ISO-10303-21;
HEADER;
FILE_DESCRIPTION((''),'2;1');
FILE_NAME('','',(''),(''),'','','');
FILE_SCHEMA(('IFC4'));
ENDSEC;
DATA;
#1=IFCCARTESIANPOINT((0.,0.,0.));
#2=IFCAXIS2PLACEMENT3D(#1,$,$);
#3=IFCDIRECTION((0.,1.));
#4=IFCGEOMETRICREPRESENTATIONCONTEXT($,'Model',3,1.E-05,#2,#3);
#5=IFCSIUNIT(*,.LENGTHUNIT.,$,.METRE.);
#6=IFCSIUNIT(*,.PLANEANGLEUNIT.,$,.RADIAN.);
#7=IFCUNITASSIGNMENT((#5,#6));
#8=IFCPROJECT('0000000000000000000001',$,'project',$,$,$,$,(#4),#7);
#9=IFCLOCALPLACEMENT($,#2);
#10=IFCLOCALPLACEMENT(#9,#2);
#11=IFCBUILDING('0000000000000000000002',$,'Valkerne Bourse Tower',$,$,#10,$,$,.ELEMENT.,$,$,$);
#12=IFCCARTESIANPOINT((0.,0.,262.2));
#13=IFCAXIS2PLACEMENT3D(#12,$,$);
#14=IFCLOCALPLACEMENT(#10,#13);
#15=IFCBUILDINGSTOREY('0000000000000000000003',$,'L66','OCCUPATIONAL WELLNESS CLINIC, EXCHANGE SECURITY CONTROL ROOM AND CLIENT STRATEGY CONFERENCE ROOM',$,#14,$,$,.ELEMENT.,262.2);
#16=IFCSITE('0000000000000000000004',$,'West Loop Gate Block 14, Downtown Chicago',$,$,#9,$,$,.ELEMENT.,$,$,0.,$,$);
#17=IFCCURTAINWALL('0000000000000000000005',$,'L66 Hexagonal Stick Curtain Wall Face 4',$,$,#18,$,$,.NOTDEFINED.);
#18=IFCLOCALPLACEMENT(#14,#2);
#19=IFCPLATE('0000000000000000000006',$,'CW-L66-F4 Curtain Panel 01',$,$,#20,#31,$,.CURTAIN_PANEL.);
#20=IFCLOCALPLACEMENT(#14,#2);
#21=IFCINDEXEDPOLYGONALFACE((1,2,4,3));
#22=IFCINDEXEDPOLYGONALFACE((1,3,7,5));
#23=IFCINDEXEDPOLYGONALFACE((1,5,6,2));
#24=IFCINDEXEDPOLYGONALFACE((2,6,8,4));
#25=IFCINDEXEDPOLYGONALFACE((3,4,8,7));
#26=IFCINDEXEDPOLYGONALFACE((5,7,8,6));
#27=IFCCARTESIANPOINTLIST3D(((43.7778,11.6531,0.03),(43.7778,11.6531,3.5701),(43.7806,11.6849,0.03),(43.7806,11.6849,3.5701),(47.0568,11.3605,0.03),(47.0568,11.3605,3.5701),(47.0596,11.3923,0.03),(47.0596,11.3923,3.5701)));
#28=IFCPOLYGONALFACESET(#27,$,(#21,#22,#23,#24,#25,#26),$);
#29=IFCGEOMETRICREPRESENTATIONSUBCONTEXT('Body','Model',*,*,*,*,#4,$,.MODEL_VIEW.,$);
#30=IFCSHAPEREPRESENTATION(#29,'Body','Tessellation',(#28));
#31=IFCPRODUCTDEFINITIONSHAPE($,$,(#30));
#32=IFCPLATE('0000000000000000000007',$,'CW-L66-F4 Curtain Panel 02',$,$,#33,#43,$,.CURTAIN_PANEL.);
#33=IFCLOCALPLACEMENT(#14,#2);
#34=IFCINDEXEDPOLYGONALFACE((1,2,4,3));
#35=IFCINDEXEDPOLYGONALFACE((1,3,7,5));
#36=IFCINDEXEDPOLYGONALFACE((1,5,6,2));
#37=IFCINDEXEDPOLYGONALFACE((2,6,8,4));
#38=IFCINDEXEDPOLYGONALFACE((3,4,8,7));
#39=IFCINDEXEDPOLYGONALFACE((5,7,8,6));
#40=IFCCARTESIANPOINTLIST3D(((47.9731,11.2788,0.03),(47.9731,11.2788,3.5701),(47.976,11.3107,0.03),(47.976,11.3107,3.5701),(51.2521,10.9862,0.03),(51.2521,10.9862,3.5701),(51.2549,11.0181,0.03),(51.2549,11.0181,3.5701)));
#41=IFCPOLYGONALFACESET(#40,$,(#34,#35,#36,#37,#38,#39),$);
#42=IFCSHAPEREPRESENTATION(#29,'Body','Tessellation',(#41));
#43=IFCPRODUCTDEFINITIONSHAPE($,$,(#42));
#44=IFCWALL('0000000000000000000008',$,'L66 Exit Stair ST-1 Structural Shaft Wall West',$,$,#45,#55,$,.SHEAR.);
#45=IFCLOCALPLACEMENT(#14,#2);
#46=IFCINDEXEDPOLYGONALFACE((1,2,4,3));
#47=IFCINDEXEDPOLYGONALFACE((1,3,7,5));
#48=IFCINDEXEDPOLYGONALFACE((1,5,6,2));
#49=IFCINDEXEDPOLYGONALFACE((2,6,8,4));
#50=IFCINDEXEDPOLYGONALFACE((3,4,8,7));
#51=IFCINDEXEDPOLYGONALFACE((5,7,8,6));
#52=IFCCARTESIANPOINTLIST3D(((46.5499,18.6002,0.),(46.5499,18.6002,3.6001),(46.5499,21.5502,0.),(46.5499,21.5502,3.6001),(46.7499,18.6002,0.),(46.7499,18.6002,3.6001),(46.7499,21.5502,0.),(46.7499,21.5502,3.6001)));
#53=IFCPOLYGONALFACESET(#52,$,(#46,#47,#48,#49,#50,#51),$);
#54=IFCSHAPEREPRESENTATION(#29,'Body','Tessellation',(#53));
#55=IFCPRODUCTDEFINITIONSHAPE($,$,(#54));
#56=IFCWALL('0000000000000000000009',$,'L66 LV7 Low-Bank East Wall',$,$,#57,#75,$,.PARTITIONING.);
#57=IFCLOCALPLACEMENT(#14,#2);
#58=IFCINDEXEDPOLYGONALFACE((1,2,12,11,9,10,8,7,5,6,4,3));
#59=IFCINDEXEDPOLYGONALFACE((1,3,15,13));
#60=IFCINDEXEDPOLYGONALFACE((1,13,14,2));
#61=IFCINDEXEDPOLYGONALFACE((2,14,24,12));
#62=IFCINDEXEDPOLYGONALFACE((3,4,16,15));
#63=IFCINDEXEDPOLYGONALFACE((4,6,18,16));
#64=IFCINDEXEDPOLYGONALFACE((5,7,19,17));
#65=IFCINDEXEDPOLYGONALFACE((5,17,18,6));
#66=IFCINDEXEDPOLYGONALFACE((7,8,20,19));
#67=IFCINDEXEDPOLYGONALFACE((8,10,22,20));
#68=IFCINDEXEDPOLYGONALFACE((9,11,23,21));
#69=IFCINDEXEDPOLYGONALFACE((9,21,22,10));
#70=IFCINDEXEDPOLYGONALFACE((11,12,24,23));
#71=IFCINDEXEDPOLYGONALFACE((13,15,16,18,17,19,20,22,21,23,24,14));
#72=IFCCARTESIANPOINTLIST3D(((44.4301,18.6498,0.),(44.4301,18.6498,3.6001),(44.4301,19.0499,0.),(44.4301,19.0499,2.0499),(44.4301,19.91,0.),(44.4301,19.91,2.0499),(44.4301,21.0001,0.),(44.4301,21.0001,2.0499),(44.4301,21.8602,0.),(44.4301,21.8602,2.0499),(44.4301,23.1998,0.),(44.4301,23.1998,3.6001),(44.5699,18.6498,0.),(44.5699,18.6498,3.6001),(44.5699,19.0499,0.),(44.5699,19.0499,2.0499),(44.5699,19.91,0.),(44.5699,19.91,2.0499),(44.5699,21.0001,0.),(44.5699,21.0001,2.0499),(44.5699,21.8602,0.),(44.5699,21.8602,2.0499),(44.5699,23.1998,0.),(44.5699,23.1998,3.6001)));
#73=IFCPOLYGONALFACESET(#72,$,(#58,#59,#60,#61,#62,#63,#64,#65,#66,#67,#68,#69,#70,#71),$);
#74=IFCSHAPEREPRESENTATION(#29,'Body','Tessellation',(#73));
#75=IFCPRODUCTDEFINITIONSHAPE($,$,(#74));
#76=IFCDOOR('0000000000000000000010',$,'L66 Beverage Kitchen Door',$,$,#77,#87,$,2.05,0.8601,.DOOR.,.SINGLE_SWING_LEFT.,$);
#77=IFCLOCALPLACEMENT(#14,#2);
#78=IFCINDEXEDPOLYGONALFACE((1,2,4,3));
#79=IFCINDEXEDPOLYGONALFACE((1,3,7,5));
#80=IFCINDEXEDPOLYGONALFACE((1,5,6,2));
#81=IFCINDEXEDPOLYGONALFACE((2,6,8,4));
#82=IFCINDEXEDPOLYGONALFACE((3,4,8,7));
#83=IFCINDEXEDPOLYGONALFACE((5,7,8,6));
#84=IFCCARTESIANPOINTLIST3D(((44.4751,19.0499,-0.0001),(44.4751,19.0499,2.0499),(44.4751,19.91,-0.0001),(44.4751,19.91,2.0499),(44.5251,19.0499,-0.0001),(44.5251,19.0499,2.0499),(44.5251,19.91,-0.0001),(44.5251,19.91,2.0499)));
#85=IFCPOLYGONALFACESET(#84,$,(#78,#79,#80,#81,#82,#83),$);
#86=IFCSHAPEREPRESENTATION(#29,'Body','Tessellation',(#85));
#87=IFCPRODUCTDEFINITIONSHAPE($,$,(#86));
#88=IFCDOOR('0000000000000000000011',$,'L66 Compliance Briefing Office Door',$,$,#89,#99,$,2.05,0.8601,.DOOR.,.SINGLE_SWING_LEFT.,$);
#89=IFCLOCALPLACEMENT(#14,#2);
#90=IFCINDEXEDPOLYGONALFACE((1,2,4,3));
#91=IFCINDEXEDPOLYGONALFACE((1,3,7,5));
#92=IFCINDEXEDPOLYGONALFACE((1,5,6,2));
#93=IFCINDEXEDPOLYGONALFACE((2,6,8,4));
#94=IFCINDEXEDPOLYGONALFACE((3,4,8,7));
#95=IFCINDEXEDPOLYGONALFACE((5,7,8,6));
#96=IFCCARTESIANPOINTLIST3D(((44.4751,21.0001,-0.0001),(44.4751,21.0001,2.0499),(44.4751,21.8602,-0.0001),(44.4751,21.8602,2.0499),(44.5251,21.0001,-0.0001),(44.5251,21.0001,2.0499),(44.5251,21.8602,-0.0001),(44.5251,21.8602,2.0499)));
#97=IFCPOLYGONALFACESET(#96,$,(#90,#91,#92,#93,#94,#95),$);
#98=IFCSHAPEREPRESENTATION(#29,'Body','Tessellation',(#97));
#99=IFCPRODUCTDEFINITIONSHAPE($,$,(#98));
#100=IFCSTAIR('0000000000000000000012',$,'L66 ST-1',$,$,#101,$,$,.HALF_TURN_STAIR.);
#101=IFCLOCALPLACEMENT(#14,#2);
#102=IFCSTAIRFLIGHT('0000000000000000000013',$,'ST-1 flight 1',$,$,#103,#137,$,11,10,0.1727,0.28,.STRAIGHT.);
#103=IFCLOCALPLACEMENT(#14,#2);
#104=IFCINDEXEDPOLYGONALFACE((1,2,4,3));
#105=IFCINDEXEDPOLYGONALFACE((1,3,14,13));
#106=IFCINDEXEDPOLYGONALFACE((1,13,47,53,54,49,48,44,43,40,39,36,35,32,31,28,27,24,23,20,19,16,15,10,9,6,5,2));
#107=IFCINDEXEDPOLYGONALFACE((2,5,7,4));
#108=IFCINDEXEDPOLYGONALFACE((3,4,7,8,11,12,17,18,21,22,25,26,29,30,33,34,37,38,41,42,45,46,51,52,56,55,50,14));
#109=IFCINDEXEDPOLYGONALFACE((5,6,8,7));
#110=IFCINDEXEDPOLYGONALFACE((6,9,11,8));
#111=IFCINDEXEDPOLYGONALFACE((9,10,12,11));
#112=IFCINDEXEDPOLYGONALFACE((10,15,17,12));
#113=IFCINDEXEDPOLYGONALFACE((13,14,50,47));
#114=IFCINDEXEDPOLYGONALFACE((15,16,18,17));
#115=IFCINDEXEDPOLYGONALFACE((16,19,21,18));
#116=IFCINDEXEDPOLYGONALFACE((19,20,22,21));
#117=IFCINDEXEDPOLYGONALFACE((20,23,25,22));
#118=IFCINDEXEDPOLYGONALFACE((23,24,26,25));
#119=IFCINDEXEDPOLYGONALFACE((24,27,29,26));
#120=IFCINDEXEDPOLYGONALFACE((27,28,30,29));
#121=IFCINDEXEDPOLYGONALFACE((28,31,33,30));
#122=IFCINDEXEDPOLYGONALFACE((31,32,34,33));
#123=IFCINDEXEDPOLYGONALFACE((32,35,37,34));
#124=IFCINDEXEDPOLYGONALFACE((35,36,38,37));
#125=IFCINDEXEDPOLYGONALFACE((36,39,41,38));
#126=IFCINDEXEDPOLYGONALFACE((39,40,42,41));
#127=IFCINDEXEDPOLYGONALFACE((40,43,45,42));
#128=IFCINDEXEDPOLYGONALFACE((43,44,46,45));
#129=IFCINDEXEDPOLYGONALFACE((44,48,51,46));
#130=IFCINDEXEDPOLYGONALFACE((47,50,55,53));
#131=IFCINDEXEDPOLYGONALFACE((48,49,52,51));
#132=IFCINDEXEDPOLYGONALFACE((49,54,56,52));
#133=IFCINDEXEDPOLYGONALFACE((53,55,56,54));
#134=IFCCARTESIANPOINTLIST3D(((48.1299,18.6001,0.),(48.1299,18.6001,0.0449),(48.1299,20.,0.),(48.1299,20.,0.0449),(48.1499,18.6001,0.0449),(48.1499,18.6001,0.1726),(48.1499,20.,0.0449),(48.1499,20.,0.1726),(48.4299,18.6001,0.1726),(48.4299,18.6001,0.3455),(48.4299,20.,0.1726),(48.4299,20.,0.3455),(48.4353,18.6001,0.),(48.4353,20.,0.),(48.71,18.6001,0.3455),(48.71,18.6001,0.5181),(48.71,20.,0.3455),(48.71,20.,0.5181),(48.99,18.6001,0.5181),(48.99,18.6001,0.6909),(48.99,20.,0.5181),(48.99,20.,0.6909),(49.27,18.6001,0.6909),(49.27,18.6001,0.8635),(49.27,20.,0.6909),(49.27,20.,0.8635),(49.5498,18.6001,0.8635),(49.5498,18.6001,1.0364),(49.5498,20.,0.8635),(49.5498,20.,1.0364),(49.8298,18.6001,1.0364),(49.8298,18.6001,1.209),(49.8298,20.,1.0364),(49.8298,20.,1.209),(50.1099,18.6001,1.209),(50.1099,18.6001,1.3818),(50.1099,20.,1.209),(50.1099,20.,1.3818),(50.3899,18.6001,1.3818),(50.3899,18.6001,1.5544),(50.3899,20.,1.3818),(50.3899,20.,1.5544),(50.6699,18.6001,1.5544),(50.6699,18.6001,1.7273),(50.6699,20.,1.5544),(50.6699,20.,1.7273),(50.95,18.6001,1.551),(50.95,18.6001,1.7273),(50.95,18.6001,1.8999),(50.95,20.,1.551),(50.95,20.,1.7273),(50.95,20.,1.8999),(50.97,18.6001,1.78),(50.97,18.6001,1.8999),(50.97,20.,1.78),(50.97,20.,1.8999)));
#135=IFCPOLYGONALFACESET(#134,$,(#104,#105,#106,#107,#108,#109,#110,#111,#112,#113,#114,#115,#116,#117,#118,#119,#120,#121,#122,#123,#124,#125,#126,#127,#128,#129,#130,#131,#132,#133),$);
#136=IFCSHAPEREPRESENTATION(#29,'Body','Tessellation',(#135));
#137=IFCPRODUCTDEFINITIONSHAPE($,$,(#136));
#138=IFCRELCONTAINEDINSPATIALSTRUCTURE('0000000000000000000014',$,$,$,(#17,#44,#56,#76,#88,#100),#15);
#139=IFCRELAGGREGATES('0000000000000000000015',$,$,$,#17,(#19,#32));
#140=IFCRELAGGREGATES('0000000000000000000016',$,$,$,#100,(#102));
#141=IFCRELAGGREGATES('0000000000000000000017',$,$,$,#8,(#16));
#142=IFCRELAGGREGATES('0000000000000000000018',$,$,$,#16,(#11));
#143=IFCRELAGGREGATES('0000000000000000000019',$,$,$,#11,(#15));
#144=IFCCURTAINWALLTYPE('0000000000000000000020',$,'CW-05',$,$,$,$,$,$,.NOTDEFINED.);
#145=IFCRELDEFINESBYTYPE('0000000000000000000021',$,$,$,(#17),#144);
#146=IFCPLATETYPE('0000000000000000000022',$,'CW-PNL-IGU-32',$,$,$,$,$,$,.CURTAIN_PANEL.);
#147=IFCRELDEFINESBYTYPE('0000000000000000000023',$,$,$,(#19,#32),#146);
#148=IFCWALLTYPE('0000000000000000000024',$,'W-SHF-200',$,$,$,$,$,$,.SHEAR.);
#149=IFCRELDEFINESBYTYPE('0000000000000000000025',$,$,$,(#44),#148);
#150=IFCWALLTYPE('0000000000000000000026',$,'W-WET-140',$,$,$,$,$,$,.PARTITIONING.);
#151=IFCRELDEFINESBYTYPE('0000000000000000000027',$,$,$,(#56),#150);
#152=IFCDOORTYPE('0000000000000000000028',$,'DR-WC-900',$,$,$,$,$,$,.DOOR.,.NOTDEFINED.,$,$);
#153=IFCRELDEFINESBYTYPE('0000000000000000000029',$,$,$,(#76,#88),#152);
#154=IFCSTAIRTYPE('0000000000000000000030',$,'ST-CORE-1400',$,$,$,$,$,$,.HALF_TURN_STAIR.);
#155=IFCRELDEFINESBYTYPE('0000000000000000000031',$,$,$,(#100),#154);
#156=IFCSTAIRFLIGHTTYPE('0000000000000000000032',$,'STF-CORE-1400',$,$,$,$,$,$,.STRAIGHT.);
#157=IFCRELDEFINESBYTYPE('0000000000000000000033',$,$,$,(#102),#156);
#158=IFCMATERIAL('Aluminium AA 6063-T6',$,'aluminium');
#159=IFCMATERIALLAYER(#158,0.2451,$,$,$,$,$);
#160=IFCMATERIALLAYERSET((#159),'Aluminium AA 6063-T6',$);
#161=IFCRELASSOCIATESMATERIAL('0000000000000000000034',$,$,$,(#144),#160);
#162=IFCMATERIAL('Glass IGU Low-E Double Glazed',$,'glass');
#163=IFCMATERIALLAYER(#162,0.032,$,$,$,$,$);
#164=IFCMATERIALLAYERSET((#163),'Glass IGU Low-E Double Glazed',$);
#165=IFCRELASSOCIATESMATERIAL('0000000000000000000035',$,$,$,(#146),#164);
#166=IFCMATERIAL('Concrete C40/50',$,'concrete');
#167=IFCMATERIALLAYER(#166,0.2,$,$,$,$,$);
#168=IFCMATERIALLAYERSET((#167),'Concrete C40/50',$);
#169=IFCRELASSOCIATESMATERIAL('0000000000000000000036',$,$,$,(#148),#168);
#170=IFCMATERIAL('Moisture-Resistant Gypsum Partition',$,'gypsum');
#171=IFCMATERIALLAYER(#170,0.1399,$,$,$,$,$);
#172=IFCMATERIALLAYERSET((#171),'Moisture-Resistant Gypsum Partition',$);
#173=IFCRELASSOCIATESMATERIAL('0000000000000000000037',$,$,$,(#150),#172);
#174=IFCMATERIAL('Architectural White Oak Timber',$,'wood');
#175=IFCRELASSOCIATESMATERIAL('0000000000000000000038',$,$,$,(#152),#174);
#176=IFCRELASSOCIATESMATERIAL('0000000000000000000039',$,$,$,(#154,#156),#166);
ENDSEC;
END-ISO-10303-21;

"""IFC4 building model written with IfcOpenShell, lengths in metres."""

from ifc_helpers import new_model, si_unit, direction, frame, frame_2d, origin, origin_2d, place, context, subcontext, project, spatial, polyline, rectangle, outline, extrude, material, layer, layer_set, type_object, element, fill, aggregate, save


model = new_model("IFC4")

# Units and contexts
model_context = context("Model", 3, precision=1e-05, world=origin(), true_north=direction((0.0, 1.0)))
body_context = subcontext(model_context, "Body", "Model", "MODEL_VIEW")
ifc_project = project(units=[si_unit("LENGTHUNIT", "METRE"), si_unit("PLANEANGLEUNIT", "RADIAN")], contexts=[model_context])

# Site, building, storey
site_placement = place(None, origin())
site = spatial("IfcSite", under=ifc_project, at=site_placement, Name="West Loop Gate Block 14, Downtown Chicago", CompositionType="ELEMENT", RefElevation=0.0)
building_placement = place(site_placement, origin())
building = spatial("IfcBuilding", under=site, at=building_placement, Name="Valkerne Bourse Tower", CompositionType="ELEMENT")
storey_placement = place(building_placement, frame((0.0, 0.0, 262.2)))
storey = spatial("IfcBuildingStorey", under=building, at=storey_placement, Name="L66", Description="OCCUPATIONAL WELLNESS CLINIC, EXCHANGE SECURITY CONTROL ROOM AND CLIENT STRATEGY CONFERENCE ROOM", CompositionType="ELEMENT", Elevation=262.2)

# Curtain wall, plates
ifc_material_1 = material(Name="Aluminium AA 6063-T6", Category="aluminium")
ifc_layer_1 = layer(ifc_material_1, 0.2451)
ifc_layer_set_1 = layer_set([ifc_layer_1], Name="Aluminium AA 6063-T6")
curtain_wall_type = type_object("IfcCurtainWallType", Name="CW-05", PredefinedType="NOTDEFINED", material=ifc_layer_set_1)
curtain_wall_placement = place(storey_placement, origin())
curtain_wall = element("IfcCurtainWall", 1, at=curtain_wall_placement, inside=storey, type_object=curtain_wall_type, Name="L66 Hexagonal Stick Curtain Wall Face 4", PredefinedType="NOTDEFINED")
ifc_material_2 = material(Name="Glass IGU Low-E Double Glazed", Category="glass")
ifc_layer_2 = layer(ifc_material_2, 0.032)
ifc_layer_set_2 = layer_set([ifc_layer_2], Name="Glass IGU Low-E Double Glazed")
plate_type = type_object("IfcPlateType", Name="CW-PNL-IGU-32", PredefinedType="CURTAIN_PANEL", material=ifc_layer_set_2)
plate_1_placement = place(storey_placement, frame((45.4187, 11.5227, 0.03), z_axis=(0.0, 0.0, 1.0), x_axis=(0.996041, -0.088889, 0.0)))
plate_1 = element("IfcPlate", 2, at=plate_1_placement, type_object=plate_type, Name="CW-L66-F4 Curtain Panel 01", PredefinedType="CURTAIN_PANEL", context=body_context, shape_type="SweptSolid", body=[
    extrude(rectangle(XDim=3.292, YDim=0.032, at=origin_2d()), origin(), (0.0, 0.0, 1.0), 3.54),
])
plate_2_placement = place(storey_placement, frame((49.614, 11.1484, 0.03), z_axis=(0.0, 0.0, 1.0), x_axis=(0.996041, -0.088889, 0.0)))
plate_2 = element("IfcPlate", 3, at=plate_2_placement, type_object=plate_type, Name="CW-L66-F4 Curtain Panel 02", PredefinedType="CURTAIN_PANEL", context=body_context, shape_type="SweptSolid", body=[
    extrude(rectangle(XDim=3.292, YDim=0.032, at=origin_2d()), origin(), (0.0, 0.0, 1.0), 3.54),
])
aggregate(curtain_wall, [plate_1, plate_2])

# Wall
ifc_material_3 = material(Name="Concrete C40/50", Category="concrete")
ifc_layer_3 = layer(ifc_material_3, 0.2)
ifc_layer_set_3 = layer_set([ifc_layer_3], Name="Concrete C40/50")
wall_type_1 = type_object("IfcWallType", Name="W-SHF-200", PredefinedType="SHEAR", material=ifc_layer_set_3)
wall_1_placement = place(storey_placement, frame((46.6499, 18.6001, 0.0), z_axis=(0.0, 0.0, 1.0), x_axis=(0.0, 1.0, 0.0)))
element("IfcWall", 4, at=wall_1_placement, inside=storey, type_object=wall_type_1, Name="L66 Exit Stair ST-1 Structural Shaft Wall West", PredefinedType="SHEAR", context=body_context, shape_type="SweptSolid", body=[
    extrude(rectangle(XDim=2.95, YDim=0.2, at=frame_2d((1.4751, 0.0))), origin(), (0.0, 0.0, 1.0), 3.6001),
])

# Wall, openings, doors
ifc_material_4 = material(Name="Moisture-Resistant Gypsum Partition", Category="gypsum")
ifc_layer_4 = layer(ifc_material_4, 0.1399)
ifc_layer_set_4 = layer_set([ifc_layer_4], Name="Moisture-Resistant Gypsum Partition")
wall_type_2 = type_object("IfcWallType", Name="W-WET-140", PredefinedType="PARTITIONING", material=ifc_layer_set_4)
wall_2_placement = place(storey_placement, frame((44.5, 18.6499, 0.0), z_axis=(0.0, 0.0, 1.0), x_axis=(0.0, 1.0, 0.0)))
wall_2 = element("IfcWall", 5, at=wall_2_placement, inside=storey, type_object=wall_type_2, Name="L66 LV7 Low-Bank East Wall", PredefinedType="PARTITIONING", context=body_context, shape_type="SweptSolid", body=[
    extrude(rectangle(XDim=4.55, YDim=0.1399, at=frame_2d((2.2749, 0.0))), origin(), (0.0, 0.0, 1.0), 3.6001),
])
opening_1_placement = place(wall_2_placement, frame((0.3999, 0.0, 0.0)))
opening_1 = element("IfcOpeningElement", 6, at=opening_1_placement, cuts=wall_2, PredefinedType="OPENING", context=body_context, shape_type="SweptSolid", body=[
    extrude(rectangle(XDim=0.8601, YDim=2.05, at=frame_2d((0.4302, 1.0249))), frame((0.0, 0.0798, 0.0), z_axis=(0.0, -1.0, 0.0), x_axis=(1.0, 0.0, 0.0)), (0.0, 0.0, 1.0), 0.1599),
])
opening_2_placement = place(wall_2_placement, frame((2.3501, 0.0, 0.0)))
opening_2 = element("IfcOpeningElement", 7, at=opening_2_placement, cuts=wall_2, PredefinedType="OPENING", context=body_context, shape_type="SweptSolid", body=[
    extrude(rectangle(XDim=0.8601, YDim=2.05, at=frame_2d((0.4302, 1.0249))), frame((0.0, 0.0798, 0.0), z_axis=(0.0, -1.0, 0.0), x_axis=(1.0, 0.0, 0.0)), (0.0, 0.0, 1.0), 0.1599),
])
ifc_material_5 = material(Name="Architectural White Oak Timber", Category="wood")
door_type = type_object("IfcDoorType", Name="DR-WC-900", OperationType="NOTDEFINED", PredefinedType="DOOR", material=ifc_material_5)
door_1_placement = place(opening_1_placement, origin())
door_1 = element("IfcDoor", 8, at=door_1_placement, inside=storey, type_object=door_type, Name="L66 Beverage Kitchen Door", OperationType="SINGLE_SWING_LEFT", OverallHeight=2.05, OverallWidth=0.8601, PredefinedType="DOOR", context=body_context, shape_type="SweptSolid", body=[
    extrude(rectangle(XDim=0.8601, YDim=2.05, at=frame_2d((0.4302, 1.0249))), frame((0.0, 0.0249, 0.0), z_axis=(0.0, -1.0, 0.0), x_axis=(1.0, 0.0, 0.0)), (0.0, 0.0, 1.0), 0.05),
])
fill(opening_1, door_1)
door_2_placement = place(opening_2_placement, origin())
door_2 = element("IfcDoor", 9, at=door_2_placement, inside=storey, type_object=door_type, Name="L66 Compliance Briefing Office Door", OperationType="SINGLE_SWING_LEFT", OverallHeight=2.05, OverallWidth=0.8601, PredefinedType="DOOR", context=body_context, shape_type="SweptSolid", body=[
    extrude(rectangle(XDim=0.8601, YDim=2.05, at=frame_2d((0.4302, 1.0249))), frame((0.0, 0.0249, 0.0), z_axis=(0.0, -1.0, 0.0), x_axis=(1.0, 0.0, 0.0)), (0.0, 0.0, 1.0), 0.05),
])
fill(opening_2, door_2)

# Stair, stair flight
stair_type = type_object("IfcStairType", Name="ST-CORE-1400", PredefinedType="HALF_TURN_STAIR", material=ifc_material_3)
stair_placement = place(storey_placement, origin())
stair = element("IfcStair", 10, at=stair_placement, inside=storey, type_object=stair_type, Name="L66 ST-1", PredefinedType="HALF_TURN_STAIR")
stair_flight_type = type_object("IfcStairFlightType", Name="STF-CORE-1400", PredefinedType="STRAIGHT", material=ifc_material_3)
stair_flight_placement = place(storey_placement, frame((48.1499, 19.3, 0.0), z_axis=(0.0, 0.0, 1.0), x_axis=(1.0, 0.0, 0.0)))
stair_flight = element("IfcStairFlight", 11, at=stair_flight_placement, type_object=stair_flight_type, Name="ST-1 flight 1", NumberOfRisers=11, NumberOfTreads=10, PredefinedType="STRAIGHT", RiserHeight=0.1727, TreadLength=0.28, context=body_context, shape_type="SweptSolid", body=[
    extrude(outline(polyline([(-0.02, 0.0), (-0.02, 0.0449), (0.0, 0.0449), (0.0, 0.1726), (0.28, 0.1726), (0.28, 0.3455), (0.5601, 0.3455), (0.5601, 0.5181), (0.8401, 0.5181), (0.8401, 0.6909), (1.1201, 0.6909), (1.1201, 0.8635), (1.3999, 0.8635), (1.3999, 1.0364), (1.6799, 1.0364), (1.6799, 1.209), (1.96, 1.209), (1.96, 1.3818), (2.24, 1.3818), (2.24, 1.5544), (2.52, 1.5544), (2.52, 1.7273), (2.8, 1.7273), (2.8, 1.8999), (2.8201, 1.8999), (2.8201, 1.78), (2.8, 1.551), (0.2854, 0.0), (-0.02, 0.0)])), frame((0.0, 0.7, 0.0), z_axis=(0.0, -1.0, 0.0), x_axis=(1.0, 0.0, 0.0)), (0.0, 0.0, 1.0), 1.3999),
])
aggregate(stair, [stair_flight])

save(model, "model.ifc")
